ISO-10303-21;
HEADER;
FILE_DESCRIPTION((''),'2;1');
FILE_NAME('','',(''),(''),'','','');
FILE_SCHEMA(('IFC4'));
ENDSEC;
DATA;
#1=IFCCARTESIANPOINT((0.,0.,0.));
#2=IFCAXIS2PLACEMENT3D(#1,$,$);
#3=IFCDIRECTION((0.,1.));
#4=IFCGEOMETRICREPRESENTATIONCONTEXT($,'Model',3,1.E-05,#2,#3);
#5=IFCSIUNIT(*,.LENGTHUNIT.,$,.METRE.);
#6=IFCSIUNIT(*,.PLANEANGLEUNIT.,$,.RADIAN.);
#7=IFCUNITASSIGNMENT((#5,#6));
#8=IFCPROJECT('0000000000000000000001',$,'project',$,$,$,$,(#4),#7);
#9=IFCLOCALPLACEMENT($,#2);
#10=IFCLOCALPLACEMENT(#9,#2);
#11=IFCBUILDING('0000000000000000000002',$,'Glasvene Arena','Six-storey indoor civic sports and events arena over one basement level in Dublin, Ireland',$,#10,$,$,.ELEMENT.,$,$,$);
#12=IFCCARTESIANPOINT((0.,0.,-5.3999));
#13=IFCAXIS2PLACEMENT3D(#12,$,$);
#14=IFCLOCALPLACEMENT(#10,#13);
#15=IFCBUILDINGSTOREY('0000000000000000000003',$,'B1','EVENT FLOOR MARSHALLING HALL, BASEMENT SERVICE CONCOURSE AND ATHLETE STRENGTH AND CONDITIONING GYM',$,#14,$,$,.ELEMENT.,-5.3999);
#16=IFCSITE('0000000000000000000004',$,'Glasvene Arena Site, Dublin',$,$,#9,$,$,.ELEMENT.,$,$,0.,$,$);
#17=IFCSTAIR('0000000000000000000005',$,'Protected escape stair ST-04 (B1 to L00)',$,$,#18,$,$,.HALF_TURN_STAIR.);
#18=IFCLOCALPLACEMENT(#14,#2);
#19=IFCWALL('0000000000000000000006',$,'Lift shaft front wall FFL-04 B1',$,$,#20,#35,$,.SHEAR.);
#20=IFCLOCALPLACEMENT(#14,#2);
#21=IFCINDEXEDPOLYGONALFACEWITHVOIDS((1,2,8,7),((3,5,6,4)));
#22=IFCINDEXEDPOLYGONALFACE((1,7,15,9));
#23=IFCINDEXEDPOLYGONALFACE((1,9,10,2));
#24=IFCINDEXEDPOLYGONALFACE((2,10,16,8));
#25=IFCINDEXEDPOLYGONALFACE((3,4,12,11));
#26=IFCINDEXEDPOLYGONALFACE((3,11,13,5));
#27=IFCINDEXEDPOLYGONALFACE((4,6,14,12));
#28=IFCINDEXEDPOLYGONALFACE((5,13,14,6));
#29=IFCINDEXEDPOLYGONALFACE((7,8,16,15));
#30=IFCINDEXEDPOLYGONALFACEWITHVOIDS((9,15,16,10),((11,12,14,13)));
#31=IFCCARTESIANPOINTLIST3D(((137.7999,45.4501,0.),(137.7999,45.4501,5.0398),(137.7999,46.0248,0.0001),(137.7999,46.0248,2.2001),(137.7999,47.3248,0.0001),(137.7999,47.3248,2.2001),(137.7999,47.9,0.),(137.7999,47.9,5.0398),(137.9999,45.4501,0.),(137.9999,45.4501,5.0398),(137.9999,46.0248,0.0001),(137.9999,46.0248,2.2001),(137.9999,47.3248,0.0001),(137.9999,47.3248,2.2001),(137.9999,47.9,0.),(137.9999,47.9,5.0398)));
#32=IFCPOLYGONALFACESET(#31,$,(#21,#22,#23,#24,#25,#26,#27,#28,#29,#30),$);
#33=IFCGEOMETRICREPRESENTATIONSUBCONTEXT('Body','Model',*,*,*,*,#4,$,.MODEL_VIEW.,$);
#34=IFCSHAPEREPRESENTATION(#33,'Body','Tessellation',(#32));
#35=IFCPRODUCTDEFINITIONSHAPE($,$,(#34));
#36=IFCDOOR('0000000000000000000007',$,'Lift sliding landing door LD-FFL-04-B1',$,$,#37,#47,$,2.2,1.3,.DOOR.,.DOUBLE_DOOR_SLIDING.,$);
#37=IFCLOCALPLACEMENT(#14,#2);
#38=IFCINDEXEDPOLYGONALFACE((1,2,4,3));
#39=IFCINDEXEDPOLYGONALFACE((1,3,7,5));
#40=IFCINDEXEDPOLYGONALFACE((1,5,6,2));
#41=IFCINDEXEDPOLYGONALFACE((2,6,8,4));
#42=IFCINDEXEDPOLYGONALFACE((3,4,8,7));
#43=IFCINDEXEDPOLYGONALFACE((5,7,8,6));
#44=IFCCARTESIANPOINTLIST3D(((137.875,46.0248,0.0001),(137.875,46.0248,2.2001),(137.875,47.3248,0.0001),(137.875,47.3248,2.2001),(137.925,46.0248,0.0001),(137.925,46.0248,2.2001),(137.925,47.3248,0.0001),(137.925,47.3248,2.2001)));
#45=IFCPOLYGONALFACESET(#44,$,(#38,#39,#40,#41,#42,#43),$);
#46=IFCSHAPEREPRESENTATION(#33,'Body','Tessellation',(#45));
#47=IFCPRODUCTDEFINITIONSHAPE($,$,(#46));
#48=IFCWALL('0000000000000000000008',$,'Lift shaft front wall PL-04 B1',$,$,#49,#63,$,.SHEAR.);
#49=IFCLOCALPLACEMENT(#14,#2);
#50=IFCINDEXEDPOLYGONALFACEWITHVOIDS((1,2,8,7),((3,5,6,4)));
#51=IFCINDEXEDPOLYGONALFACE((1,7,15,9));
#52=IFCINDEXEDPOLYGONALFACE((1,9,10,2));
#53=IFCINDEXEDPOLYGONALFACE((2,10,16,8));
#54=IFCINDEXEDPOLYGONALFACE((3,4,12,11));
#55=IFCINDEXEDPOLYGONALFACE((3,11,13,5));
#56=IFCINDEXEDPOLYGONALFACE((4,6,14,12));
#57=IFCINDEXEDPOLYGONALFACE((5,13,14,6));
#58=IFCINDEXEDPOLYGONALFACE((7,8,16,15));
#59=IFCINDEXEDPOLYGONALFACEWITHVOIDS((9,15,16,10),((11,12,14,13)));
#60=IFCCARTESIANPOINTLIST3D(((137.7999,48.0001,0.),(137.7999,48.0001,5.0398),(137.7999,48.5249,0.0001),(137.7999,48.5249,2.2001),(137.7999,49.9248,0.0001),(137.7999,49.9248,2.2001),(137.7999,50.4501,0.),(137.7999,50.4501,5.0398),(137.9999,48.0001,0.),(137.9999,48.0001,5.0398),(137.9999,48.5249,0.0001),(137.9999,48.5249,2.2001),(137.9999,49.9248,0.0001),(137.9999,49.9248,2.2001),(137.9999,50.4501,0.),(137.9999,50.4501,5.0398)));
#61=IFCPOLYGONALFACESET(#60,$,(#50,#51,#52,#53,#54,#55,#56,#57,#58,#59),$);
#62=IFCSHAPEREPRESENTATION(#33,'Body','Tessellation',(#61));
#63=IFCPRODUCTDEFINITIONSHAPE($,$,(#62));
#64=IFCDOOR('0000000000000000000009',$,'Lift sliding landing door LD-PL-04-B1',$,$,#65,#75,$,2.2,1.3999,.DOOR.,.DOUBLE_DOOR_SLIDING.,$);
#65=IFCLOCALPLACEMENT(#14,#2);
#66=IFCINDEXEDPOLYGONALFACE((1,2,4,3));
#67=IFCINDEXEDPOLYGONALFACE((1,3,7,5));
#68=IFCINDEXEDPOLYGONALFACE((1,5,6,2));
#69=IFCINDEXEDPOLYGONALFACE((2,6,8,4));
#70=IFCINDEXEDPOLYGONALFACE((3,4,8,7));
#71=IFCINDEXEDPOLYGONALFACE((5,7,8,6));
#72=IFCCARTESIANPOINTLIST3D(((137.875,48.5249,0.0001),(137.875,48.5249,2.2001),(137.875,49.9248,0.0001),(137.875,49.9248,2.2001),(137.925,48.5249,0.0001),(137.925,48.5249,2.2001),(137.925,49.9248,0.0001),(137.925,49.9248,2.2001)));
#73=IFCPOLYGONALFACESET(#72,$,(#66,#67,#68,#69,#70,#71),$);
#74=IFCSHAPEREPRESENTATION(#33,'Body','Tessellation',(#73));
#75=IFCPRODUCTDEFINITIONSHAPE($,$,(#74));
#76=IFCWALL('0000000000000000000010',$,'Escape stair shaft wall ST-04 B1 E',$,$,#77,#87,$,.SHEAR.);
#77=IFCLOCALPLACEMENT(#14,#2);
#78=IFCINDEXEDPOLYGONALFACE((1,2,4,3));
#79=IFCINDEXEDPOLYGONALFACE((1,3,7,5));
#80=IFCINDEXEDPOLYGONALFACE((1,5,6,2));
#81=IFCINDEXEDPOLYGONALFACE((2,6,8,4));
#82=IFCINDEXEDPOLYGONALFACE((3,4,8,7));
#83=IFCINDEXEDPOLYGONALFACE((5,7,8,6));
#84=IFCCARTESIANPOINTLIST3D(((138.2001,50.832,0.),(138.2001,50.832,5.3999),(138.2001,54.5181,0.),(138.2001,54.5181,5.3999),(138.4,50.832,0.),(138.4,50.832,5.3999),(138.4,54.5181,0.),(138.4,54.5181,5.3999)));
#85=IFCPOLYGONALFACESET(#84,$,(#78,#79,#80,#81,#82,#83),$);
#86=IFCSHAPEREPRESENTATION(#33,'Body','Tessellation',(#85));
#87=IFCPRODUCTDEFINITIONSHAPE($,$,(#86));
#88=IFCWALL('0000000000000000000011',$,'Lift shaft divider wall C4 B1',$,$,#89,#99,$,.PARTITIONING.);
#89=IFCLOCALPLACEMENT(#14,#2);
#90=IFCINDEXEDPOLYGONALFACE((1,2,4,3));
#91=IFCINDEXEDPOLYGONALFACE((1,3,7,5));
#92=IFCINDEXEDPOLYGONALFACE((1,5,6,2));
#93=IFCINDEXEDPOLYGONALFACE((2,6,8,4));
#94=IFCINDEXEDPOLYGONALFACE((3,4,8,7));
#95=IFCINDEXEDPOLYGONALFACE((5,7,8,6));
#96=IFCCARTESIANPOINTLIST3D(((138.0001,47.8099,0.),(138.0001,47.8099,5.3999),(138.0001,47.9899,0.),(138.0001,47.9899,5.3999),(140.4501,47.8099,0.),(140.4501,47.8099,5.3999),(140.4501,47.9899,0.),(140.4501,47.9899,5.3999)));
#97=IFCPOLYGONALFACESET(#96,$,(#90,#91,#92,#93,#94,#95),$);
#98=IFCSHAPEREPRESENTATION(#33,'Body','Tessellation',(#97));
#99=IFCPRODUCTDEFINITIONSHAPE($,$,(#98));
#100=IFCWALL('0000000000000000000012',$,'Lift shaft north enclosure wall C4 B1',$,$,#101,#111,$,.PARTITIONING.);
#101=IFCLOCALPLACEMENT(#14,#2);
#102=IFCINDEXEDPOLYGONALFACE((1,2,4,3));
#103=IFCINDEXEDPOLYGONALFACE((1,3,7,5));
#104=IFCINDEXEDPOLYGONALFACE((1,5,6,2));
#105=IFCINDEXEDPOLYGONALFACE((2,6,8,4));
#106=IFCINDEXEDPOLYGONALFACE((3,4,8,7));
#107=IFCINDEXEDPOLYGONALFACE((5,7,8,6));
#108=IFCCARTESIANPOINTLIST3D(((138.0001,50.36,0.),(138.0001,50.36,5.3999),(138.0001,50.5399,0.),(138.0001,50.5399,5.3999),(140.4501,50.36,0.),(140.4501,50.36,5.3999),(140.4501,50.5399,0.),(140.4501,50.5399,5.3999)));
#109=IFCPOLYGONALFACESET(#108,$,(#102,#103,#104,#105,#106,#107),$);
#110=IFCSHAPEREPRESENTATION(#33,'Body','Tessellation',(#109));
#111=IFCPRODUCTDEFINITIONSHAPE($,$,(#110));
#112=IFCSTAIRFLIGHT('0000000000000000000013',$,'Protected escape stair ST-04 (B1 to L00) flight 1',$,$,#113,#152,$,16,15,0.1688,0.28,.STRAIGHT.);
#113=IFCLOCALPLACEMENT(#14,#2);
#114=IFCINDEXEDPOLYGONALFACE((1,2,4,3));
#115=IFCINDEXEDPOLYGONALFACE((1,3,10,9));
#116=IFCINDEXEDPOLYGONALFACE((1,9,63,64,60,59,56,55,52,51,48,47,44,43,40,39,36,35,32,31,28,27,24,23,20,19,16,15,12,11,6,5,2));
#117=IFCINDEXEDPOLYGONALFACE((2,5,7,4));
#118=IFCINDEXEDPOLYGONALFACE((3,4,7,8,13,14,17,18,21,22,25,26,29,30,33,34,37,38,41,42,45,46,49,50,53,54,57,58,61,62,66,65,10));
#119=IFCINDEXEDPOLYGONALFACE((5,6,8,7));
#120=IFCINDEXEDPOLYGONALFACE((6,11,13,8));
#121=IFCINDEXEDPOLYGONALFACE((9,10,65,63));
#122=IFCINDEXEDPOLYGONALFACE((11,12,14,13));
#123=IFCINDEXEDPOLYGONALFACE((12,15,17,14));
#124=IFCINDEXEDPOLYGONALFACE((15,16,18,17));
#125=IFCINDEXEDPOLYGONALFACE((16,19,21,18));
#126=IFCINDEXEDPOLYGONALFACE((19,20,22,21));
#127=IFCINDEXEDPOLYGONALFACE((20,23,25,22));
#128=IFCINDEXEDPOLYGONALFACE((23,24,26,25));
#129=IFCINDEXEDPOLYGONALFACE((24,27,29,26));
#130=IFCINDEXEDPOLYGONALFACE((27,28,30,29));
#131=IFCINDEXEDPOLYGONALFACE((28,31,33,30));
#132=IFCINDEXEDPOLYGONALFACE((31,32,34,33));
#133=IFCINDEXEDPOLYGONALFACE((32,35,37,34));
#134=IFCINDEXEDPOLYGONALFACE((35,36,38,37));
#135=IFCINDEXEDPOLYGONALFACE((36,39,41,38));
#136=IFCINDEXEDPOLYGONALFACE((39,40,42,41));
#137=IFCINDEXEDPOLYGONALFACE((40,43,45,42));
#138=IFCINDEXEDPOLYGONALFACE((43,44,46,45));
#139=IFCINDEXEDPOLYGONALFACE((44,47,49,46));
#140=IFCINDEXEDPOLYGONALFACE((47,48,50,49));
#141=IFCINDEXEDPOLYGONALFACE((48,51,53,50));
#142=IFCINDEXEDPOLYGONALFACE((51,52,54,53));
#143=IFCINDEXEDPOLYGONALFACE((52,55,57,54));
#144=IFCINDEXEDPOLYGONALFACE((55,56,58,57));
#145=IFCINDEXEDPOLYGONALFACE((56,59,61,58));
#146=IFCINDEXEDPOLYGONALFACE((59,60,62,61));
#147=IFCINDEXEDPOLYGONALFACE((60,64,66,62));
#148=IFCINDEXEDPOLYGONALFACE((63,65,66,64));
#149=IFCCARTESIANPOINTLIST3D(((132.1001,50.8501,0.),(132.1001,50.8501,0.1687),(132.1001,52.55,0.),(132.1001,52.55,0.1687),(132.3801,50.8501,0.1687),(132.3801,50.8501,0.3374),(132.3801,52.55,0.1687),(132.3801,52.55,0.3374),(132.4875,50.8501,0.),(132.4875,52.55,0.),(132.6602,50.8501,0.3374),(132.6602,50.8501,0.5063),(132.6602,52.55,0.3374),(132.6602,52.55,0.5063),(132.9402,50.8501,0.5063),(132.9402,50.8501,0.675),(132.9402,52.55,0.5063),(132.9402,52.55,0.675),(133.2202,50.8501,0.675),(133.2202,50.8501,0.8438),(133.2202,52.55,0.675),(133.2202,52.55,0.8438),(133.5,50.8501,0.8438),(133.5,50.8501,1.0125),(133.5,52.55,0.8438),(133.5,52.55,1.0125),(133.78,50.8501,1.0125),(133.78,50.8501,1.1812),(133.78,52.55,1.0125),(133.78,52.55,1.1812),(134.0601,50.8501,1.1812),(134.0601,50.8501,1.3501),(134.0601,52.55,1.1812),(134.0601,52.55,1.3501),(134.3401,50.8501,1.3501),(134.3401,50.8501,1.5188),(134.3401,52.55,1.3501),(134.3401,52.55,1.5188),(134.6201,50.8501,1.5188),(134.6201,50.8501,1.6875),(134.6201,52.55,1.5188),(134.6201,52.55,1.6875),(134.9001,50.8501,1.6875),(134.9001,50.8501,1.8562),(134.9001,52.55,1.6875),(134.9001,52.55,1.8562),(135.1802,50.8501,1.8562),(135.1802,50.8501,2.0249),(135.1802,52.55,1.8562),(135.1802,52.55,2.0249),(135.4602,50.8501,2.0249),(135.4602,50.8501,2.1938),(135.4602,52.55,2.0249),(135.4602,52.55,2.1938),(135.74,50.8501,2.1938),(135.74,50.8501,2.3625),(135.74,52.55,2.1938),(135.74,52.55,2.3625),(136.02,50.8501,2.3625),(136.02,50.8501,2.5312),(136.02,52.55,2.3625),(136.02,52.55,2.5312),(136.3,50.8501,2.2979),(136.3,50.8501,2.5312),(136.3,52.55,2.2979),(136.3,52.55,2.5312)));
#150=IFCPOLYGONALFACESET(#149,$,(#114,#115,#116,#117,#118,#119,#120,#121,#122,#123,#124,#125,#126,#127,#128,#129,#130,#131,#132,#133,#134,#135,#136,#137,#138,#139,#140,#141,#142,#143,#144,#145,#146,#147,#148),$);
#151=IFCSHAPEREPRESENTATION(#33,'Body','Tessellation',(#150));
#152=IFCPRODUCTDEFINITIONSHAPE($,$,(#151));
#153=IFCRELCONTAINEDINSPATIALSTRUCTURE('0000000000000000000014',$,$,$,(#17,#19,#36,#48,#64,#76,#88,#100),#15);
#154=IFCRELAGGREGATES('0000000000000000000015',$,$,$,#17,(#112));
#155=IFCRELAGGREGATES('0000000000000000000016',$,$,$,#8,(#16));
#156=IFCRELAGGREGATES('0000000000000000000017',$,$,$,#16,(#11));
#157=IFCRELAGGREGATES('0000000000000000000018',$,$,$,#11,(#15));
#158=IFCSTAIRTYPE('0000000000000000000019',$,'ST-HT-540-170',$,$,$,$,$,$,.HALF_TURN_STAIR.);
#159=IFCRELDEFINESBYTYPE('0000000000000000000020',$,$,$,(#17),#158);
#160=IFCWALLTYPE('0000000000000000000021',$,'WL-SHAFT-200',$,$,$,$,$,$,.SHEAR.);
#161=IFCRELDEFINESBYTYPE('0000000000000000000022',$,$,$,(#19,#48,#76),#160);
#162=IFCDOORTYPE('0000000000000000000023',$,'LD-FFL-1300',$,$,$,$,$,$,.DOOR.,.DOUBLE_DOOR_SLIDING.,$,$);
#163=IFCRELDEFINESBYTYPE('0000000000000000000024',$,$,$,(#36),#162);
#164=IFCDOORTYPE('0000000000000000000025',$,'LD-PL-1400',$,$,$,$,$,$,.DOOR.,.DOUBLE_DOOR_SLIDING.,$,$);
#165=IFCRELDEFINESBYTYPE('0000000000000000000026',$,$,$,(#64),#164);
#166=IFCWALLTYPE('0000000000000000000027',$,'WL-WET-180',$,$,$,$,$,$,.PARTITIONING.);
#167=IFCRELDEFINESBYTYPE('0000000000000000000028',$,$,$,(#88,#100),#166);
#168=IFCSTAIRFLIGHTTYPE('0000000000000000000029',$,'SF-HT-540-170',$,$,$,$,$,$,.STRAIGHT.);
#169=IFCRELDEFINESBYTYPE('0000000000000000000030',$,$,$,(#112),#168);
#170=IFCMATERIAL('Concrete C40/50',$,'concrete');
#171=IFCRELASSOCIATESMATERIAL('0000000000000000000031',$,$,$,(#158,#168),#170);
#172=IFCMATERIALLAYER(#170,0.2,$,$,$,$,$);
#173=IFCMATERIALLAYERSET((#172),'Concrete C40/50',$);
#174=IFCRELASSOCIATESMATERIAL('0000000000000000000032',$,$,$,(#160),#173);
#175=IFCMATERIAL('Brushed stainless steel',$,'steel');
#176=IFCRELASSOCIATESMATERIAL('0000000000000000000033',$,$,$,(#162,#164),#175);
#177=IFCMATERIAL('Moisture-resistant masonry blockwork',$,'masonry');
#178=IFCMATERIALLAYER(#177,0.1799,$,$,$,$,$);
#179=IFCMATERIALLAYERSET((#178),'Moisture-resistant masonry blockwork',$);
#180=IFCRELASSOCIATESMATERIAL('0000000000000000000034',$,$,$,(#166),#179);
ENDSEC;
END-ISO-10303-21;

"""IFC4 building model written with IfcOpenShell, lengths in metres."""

from ifc_helpers import new_model, si_unit, direction, frame, frame_2d, origin, place, context, subcontext, project, spatial, polyline, rectangle, outline, extrude, material, layer, layer_set, type_object, element, fill, aggregate, save


model = new_model("IFC4")

# Units and contexts
model_context = context("Model", 3, precision=1e-05, world=origin(), true_north=direction((0.0, 1.0)))
body_context = subcontext(model_context, "Body", "Model", "MODEL_VIEW")
ifc_project = project(units=[si_unit("LENGTHUNIT", "METRE"), si_unit("PLANEANGLEUNIT", "RADIAN")], contexts=[model_context])

# Site, building, storey
site_placement = place(None, origin())
site = spatial("IfcSite", under=ifc_project, at=site_placement, Name="Glasvene Arena Site, Dublin", CompositionType="ELEMENT", RefElevation=0.0)
building_placement = place(site_placement, origin())
building = spatial("IfcBuilding", under=site, at=building_placement, Name="Glasvene Arena", Description="Six-storey indoor civic sports and events arena over one basement level in Dublin, Ireland", CompositionType="ELEMENT")
storey_placement = place(building_placement, frame((0.0, 0.0, -5.3999)))
storey = spatial("IfcBuildingStorey", under=building, at=storey_placement, Name="B1", Description="EVENT FLOOR MARSHALLING HALL, BASEMENT SERVICE CONCOURSE AND ATHLETE STRENGTH AND CONDITIONING GYM", CompositionType="ELEMENT", Elevation=-5.3999)

# Shared definitions
ifc_material_1 = material(Name="Concrete C40/50", Category="concrete")

# Stair
stair_type = type_object("IfcStairType", Name="ST-HT-540-170", PredefinedType="HALF_TURN_STAIR", material=ifc_material_1)
stair_placement = place(storey_placement, origin())
stair = element("IfcStair", 1, at=stair_placement, inside=storey, type_object=stair_type, Name="Protected escape stair ST-04 (B1 to L00)", PredefinedType="HALF_TURN_STAIR")

# Walls, openings, doors
ifc_layer_1 = layer(ifc_material_1, 0.2)
ifc_layer_set_1 = layer_set([ifc_layer_1], Name="Concrete C40/50")
wall_type_1 = type_object("IfcWallType", Name="WL-SHAFT-200", PredefinedType="SHEAR", material=ifc_layer_set_1)
wall_1_placement = place(storey_placement, frame((137.8999, 45.45, 0.0), z_axis=(0.0, 0.0, 1.0), x_axis=(0.0, 1.0, 0.0)))
wall_1 = element("IfcWall", 2, at=wall_1_placement, inside=storey, type_object=wall_type_1, Name="Lift shaft front wall FFL-04 B1", PredefinedType="SHEAR", context=body_context, shape_type="SweptSolid", body=[
    extrude(rectangle(XDim=2.45, YDim=0.2, at=frame_2d((1.2251, 0.0))), origin(), (0.0, 0.0, 1.0), 5.0398),
])
opening_1_placement = place(wall_1_placement, frame((0.575, 0.0, 0.0)))
opening_1 = element("IfcOpeningElement", 3, at=opening_1_placement, cuts=wall_1, PredefinedType="OPENING", context=body_context, shape_type="SweptSolid", body=[
    extrude(rectangle(XDim=1.3, YDim=2.2, at=frame_2d((0.6499, 1.1001))), frame((0.0, 0.1099, 0.0), z_axis=(0.0, -1.0, 0.0), x_axis=(1.0, 0.0, 0.0)), (0.0, 0.0, 1.0), 0.22),
])
ifc_material_2 = material(Name="Brushed stainless steel", Category="steel")
door_type_1 = type_object("IfcDoorType", Name="LD-FFL-1300", OperationType="DOUBLE_DOOR_SLIDING", PredefinedType="DOOR", material=ifc_material_2)
door_1_placement = place(opening_1_placement, origin())
door_1 = element("IfcDoor", 4, at=door_1_placement, inside=storey, type_object=door_type_1, Name="Lift sliding landing door LD-FFL-04-B1", OperationType="DOUBLE_DOOR_SLIDING", OverallHeight=2.2, OverallWidth=1.3, PredefinedType="DOOR", context=body_context, shape_type="SweptSolid", body=[
    extrude(rectangle(XDim=1.3, YDim=2.2, at=frame_2d((0.6499, 1.1001))), frame((0.0, 0.0249, 0.0), z_axis=(0.0, -1.0, 0.0), x_axis=(1.0, 0.0, 0.0)), (0.0, 0.0, 1.0), 0.05),
])
fill(opening_1, door_1)
wall_2_placement = place(storey_placement, frame((137.8999, 48.0, 0.0), z_axis=(0.0, 0.0, 1.0), x_axis=(0.0, 1.0, 0.0)))
wall_2 = element("IfcWall", 5, at=wall_2_placement, inside=storey, type_object=wall_type_1, Name="Lift shaft front wall PL-04 B1", PredefinedType="SHEAR", context=body_context, shape_type="SweptSolid", body=[
    extrude(rectangle(XDim=2.45, YDim=0.2, at=frame_2d((1.2251, 0.0))), origin(), (0.0, 0.0, 1.0), 5.0398),
])
opening_2_placement = place(wall_2_placement, frame((0.5249, 0.0, 0.0)))
opening_2 = element("IfcOpeningElement", 6, at=opening_2_placement, cuts=wall_2, PredefinedType="OPENING", context=body_context, shape_type="SweptSolid", body=[
    extrude(rectangle(XDim=1.3999, YDim=2.2, at=frame_2d((0.7, 1.1001))), frame((0.0, 0.1099, 0.0), z_axis=(0.0, -1.0, 0.0), x_axis=(1.0, 0.0, 0.0)), (0.0, 0.0, 1.0), 0.22),
])
door_type_2 = type_object("IfcDoorType", Name="LD-PL-1400", OperationType="DOUBLE_DOOR_SLIDING", PredefinedType="DOOR", material=ifc_material_2)
door_2_placement = place(opening_2_placement, origin())
door_2 = element("IfcDoor", 7, at=door_2_placement, inside=storey, type_object=door_type_2, Name="Lift sliding landing door LD-PL-04-B1", OperationType="DOUBLE_DOOR_SLIDING", OverallHeight=2.2, OverallWidth=1.3999, PredefinedType="DOOR", context=body_context, shape_type="SweptSolid", body=[
    extrude(rectangle(XDim=1.3999, YDim=2.2, at=frame_2d((0.7, 1.1001))), frame((0.0, 0.0249, 0.0), z_axis=(0.0, -1.0, 0.0), x_axis=(1.0, 0.0, 0.0)), (0.0, 0.0, 1.0), 0.05),
])
fill(opening_2, door_2)

# Walls
wall_3_placement = place(storey_placement, frame((138.3, 50.832, 0.0), z_axis=(0.0, 0.0, 1.0), x_axis=(0.0, 1.0, 0.0)))
element("IfcWall", 8, at=wall_3_placement, inside=storey, type_object=wall_type_1, Name="Escape stair shaft wall ST-04 B1 E", PredefinedType="SHEAR", context=body_context, shape_type="SweptSolid", body=[
    extrude(rectangle(XDim=3.686, YDim=0.2, at=frame_2d((1.843, 0.0))), origin(), (0.0, 0.0, 1.0), 5.3999),
])
ifc_material_3 = material(Name="Moisture-resistant masonry blockwork", Category="masonry")
ifc_layer_2 = layer(ifc_material_3, 0.1799)
ifc_layer_set_2 = layer_set([ifc_layer_2], Name="Moisture-resistant masonry blockwork")
wall_type_2 = type_object("IfcWallType", Name="WL-WET-180", PredefinedType="PARTITIONING", material=ifc_layer_set_2)
for number, where, z_axis, x_axis, name in (
    (9, (138.0, 47.8999, 0.0), (0.0, 0.0, 1.0), (1.0, 0.0, 0.0), "Lift shaft divider wall C4 B1"),
    (10, (138.0, 50.45, 0.0), (0.0, 0.0, 1.0), (1.0, 0.0, 0.0), "Lift shaft north enclosure wall C4 B1"),
):
    element("IfcWall", number, at=place(storey_placement, frame(where, z_axis=z_axis, x_axis=x_axis)), inside=storey, type_object=wall_type_2, Name=name, PredefinedType="PARTITIONING", context=body_context, shape_type="SweptSolid", body=[
        extrude(rectangle(XDim=2.45, YDim=0.1799, at=frame_2d((1.2251, 0.0))), origin(), (0.0, 0.0, 1.0), 5.3999),
    ])

# Stair flight
stair_flight_type = type_object("IfcStairFlightType", Name="SF-HT-540-170", PredefinedType="STRAIGHT", material=ifc_material_1)
stair_flight_1_placement = place(storey_placement, frame((132.1001, 51.7, 0.0), z_axis=(0.0, 0.0, 1.0), x_axis=(1.0, 0.0, 0.0)))
stair_flight_1 = element("IfcStairFlight", 11, at=stair_flight_1_placement, type_object=stair_flight_type, Name="Protected escape stair ST-04 (B1 to L00) flight 1", NumberOfRisers=16, NumberOfTreads=15, PredefinedType="STRAIGHT", RiserHeight=0.1688, TreadLength=0.28, context=body_context, shape_type="SweptSolid", body=[
    extrude(outline(polyline([(0.0, 0.0), (0.0, 0.1687), (0.28, 0.1687), (0.28, 0.3374), (0.5601, 0.3374), (0.5601, 0.5063), (0.8401, 0.5063), (0.8401, 0.675), (1.1201, 0.675), (1.1201, 0.8438), (1.3999, 0.8438), (1.3999, 1.0125), (1.6799, 1.0125), (1.6799, 1.1812), (1.96, 1.1812), (1.96, 1.3501), (2.24, 1.3501), (2.24, 1.5188), (2.52, 1.5188), (2.52, 1.6875), (2.8, 1.6875), (2.8, 1.8562), (3.0801, 1.8562), (3.0801, 2.0249), (3.3601, 2.0249), (3.3601, 2.1938), (3.6399, 2.1938), (3.6399, 2.3625), (3.9199, 2.3625), (3.9199, 2.5312), (4.2, 2.5312), (4.2, 2.7), (4.2, 2.2979), (0.3875, 0.0), (0.0, 0.0)])), frame((0.0, 0.8501, 0.0), z_axis=(0.0, -1.0, 0.0), x_axis=(1.0, 0.0, 0.0)), (0.0, 0.0, 1.0), 1.7),
])
aggregate(stair, [stair_flight_1])

save(model, "model.ifc")
